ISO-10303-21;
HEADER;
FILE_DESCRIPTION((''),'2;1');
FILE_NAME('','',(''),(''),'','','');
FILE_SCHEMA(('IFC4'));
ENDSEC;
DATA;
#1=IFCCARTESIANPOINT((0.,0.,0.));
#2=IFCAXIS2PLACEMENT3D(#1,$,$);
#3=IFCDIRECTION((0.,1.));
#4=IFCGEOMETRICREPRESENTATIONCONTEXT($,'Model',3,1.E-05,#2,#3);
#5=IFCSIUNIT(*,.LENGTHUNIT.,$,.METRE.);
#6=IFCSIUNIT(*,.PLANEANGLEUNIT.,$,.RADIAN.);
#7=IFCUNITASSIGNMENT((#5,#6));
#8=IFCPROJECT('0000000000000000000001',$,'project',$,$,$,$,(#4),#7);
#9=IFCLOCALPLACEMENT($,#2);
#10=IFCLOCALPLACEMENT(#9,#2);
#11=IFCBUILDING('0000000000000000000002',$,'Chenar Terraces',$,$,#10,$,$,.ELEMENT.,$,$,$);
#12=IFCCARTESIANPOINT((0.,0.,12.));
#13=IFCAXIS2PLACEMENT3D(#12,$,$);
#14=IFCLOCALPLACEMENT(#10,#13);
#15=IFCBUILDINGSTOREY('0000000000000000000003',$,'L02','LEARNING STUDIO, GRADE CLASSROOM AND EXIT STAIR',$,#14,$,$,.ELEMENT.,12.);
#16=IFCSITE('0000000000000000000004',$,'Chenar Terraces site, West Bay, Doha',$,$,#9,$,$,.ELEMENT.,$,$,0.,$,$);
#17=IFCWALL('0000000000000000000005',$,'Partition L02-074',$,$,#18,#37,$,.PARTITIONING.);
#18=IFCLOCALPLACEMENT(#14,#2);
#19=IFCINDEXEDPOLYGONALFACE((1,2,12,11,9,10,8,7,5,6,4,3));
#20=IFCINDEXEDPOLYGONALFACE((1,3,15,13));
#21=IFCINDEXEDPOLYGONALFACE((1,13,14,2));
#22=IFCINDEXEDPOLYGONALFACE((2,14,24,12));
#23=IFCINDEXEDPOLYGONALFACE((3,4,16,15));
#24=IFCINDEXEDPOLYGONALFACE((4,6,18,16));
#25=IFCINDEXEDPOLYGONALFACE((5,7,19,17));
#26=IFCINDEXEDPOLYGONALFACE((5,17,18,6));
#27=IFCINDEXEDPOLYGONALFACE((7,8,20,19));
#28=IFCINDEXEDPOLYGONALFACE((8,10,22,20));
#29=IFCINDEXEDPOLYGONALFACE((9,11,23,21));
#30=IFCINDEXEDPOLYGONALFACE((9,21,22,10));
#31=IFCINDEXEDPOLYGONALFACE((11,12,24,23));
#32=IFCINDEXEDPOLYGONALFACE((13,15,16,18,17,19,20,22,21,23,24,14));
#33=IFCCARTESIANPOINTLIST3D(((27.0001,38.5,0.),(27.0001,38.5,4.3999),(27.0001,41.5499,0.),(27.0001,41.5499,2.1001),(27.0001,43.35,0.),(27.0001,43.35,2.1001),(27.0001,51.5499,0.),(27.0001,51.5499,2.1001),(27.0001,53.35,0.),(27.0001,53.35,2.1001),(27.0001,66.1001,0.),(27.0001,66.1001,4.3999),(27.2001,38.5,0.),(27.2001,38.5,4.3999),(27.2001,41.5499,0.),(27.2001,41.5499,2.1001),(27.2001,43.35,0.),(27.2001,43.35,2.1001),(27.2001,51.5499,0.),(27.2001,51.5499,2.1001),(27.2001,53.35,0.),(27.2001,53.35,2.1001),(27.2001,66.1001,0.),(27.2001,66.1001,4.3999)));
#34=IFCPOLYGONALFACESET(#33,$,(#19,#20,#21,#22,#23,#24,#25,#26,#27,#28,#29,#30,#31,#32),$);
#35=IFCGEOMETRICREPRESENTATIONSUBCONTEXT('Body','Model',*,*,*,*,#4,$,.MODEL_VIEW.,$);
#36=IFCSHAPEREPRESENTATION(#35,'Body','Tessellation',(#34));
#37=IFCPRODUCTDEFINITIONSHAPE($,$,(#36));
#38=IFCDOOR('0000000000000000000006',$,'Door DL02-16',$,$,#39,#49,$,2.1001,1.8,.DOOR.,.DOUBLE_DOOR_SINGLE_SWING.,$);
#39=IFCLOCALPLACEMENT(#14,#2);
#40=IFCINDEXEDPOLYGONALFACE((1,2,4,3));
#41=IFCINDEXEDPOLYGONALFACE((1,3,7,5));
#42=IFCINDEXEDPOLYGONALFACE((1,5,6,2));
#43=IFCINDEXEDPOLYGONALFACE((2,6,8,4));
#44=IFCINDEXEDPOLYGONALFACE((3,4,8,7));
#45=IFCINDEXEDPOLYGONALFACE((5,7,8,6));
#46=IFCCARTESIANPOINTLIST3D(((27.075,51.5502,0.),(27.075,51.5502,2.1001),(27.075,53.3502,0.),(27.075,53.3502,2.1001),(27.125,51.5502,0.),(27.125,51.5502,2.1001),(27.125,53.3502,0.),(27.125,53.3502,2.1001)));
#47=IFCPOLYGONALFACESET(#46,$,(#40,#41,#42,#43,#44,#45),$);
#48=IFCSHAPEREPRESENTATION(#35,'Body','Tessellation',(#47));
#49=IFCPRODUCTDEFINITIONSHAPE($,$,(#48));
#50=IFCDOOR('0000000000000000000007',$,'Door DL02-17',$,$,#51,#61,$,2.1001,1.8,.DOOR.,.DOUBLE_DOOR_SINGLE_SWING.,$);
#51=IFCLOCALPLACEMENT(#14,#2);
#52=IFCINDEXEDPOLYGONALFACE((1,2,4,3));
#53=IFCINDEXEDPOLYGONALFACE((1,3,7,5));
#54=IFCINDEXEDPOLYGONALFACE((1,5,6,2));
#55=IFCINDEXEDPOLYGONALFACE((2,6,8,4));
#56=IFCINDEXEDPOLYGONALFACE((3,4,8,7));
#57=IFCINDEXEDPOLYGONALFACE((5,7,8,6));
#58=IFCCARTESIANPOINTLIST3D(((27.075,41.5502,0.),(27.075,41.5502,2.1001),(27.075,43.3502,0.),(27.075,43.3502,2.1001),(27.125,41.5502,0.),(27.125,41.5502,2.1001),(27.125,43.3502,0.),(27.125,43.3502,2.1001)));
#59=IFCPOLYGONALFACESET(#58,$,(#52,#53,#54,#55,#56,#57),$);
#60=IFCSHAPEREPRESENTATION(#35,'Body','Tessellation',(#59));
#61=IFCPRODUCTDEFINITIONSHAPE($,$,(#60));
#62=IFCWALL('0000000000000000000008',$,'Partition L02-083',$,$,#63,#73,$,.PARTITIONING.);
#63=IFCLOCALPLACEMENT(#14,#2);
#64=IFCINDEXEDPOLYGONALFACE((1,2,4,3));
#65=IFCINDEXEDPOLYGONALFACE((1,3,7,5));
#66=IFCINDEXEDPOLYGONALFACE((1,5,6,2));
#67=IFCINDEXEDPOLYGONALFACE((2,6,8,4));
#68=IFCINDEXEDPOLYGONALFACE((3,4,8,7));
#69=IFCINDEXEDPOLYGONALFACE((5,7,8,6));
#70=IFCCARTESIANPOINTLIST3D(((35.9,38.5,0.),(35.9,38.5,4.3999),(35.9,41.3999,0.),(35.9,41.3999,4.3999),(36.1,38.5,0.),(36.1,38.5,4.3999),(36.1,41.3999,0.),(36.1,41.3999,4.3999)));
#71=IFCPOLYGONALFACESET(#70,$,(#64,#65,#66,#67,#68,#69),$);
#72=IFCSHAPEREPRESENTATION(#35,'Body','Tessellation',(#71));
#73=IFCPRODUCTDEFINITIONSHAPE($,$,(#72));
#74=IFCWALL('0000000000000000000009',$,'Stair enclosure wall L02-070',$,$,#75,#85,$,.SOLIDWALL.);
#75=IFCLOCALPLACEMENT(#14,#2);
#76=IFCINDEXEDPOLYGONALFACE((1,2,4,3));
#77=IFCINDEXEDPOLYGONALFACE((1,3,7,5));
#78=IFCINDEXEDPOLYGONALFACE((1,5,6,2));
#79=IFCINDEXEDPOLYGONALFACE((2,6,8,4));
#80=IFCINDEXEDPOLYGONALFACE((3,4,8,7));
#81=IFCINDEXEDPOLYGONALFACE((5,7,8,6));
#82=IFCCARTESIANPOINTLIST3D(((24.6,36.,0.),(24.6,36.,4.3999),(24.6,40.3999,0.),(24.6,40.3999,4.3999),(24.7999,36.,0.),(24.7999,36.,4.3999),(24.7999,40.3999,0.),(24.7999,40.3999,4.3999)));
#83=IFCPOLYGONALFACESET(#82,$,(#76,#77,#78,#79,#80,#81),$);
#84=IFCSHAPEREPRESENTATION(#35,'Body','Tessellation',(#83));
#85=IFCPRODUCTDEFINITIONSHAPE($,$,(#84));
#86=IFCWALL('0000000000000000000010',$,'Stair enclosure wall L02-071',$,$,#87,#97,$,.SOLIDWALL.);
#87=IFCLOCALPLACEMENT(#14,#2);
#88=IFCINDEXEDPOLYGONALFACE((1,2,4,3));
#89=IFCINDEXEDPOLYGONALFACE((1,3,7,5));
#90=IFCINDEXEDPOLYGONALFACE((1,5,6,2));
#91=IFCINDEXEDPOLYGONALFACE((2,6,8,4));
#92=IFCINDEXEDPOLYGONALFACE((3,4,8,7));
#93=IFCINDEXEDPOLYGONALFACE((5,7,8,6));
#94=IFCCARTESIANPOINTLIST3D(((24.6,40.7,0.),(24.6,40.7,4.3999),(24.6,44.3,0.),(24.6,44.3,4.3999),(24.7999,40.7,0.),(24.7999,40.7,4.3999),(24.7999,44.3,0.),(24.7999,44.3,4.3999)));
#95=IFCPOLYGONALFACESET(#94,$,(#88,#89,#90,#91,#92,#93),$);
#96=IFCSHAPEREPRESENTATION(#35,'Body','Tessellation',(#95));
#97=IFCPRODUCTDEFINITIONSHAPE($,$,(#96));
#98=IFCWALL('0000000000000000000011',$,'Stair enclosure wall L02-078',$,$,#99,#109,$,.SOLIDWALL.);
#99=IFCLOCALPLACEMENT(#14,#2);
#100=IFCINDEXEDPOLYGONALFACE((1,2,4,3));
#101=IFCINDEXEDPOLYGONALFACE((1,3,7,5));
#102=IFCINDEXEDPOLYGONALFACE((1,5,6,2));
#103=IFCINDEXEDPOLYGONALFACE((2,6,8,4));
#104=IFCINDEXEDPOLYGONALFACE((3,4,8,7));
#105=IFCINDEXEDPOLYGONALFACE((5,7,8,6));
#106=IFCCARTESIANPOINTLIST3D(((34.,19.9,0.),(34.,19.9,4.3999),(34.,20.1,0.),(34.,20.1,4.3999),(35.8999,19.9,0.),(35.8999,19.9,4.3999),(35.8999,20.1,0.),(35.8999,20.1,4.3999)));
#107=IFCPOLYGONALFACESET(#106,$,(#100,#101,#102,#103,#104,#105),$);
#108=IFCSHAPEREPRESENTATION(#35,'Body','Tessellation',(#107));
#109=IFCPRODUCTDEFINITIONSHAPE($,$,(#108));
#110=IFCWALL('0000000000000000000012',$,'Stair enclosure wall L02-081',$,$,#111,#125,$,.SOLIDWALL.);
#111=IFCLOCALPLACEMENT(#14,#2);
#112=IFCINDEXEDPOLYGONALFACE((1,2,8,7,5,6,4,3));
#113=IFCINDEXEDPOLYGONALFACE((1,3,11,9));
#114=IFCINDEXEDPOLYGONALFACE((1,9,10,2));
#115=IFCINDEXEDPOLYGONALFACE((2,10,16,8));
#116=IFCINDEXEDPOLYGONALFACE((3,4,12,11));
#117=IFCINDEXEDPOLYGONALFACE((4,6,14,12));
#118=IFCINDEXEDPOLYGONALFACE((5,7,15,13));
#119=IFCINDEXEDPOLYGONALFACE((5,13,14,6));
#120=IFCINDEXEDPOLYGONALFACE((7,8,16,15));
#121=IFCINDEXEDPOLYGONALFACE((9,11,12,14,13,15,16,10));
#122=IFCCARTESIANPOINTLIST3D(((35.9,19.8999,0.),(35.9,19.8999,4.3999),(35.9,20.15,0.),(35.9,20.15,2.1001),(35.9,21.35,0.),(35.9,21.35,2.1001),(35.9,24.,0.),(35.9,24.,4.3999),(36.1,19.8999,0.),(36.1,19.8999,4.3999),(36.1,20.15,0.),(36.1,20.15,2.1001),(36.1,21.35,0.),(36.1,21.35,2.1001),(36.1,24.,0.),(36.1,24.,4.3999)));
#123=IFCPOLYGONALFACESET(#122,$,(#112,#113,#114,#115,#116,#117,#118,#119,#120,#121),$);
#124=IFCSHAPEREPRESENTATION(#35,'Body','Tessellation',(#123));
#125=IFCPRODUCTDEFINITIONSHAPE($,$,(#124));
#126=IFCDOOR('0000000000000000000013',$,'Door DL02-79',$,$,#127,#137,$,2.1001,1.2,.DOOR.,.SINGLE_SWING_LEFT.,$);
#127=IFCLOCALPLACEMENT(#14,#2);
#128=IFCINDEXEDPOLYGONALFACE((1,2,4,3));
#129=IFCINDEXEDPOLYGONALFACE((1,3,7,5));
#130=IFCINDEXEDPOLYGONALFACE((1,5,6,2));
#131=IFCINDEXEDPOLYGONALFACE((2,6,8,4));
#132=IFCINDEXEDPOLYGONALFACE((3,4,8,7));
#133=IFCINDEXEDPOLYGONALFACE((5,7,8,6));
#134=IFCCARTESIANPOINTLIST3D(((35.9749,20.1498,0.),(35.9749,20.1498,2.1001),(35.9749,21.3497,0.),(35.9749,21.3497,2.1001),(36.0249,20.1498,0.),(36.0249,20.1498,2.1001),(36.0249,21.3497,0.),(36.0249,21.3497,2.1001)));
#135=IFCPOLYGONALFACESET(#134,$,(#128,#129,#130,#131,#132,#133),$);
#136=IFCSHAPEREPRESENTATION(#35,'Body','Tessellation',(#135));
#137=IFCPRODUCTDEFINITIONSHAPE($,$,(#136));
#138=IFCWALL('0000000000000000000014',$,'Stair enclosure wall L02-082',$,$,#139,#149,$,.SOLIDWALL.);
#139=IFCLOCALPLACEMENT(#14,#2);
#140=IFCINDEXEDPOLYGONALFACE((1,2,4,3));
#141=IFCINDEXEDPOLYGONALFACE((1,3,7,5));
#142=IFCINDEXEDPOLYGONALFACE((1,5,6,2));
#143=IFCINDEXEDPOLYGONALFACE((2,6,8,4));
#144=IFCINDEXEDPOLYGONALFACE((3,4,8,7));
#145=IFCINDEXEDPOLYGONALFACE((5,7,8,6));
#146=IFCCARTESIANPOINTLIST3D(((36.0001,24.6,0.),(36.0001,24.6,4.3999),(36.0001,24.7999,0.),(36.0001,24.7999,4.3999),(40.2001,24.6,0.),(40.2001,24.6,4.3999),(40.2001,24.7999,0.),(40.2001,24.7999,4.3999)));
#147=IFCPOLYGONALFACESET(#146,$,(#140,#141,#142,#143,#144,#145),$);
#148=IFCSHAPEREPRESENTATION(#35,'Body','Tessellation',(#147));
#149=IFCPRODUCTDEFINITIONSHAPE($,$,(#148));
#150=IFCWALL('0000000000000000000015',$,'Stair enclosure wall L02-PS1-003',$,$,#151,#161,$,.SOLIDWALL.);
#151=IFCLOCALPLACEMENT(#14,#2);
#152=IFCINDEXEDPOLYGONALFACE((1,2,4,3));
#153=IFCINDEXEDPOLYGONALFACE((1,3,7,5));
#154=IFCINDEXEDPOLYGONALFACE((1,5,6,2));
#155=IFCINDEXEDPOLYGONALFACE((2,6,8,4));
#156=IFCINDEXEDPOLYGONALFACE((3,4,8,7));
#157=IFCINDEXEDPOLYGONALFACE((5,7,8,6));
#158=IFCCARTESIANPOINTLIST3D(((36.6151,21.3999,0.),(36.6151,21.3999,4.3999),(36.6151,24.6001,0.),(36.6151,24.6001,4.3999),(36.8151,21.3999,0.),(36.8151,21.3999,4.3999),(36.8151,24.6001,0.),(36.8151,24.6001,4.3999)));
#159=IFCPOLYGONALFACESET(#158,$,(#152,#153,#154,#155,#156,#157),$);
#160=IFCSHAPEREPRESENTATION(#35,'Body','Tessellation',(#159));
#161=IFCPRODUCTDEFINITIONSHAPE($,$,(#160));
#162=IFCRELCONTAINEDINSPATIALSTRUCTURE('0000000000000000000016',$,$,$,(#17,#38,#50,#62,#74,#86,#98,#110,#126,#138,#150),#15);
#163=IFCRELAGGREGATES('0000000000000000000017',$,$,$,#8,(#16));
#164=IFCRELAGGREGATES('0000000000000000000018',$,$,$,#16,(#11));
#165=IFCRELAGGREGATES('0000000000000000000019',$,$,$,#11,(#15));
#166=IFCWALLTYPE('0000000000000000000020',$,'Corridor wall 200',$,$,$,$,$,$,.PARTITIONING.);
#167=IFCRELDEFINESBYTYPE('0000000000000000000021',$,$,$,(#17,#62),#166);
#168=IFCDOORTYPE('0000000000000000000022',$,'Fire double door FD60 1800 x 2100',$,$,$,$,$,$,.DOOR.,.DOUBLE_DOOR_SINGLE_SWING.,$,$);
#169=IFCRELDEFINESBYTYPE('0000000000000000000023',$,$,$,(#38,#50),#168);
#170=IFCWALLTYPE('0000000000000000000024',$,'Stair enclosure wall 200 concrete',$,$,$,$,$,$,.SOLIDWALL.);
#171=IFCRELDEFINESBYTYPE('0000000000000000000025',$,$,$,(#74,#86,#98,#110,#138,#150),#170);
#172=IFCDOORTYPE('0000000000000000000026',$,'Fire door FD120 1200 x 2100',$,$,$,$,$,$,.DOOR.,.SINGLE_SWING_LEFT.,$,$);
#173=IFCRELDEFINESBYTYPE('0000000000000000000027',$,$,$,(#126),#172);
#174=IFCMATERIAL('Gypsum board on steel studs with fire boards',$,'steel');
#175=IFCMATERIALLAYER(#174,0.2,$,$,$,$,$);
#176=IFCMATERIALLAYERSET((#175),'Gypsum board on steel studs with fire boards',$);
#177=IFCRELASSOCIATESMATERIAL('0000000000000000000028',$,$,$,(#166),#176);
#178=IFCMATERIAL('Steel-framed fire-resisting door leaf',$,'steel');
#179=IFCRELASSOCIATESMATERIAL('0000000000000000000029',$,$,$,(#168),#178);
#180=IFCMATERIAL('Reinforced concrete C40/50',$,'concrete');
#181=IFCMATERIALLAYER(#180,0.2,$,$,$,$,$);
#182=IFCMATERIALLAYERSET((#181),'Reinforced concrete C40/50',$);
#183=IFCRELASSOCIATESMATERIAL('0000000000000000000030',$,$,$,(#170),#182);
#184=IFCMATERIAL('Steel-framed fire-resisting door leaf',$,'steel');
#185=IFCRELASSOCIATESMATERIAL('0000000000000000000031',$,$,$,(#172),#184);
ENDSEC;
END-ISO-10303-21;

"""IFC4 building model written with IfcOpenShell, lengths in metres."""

from ifc_helpers import new_model, si_unit, direction, frame, frame_2d, origin, place, context, subcontext, project, spatial, rectangle, extrude, material, layer, layer_set, type_object, element, fill, save


model = new_model("IFC4")

# Units and contexts
model_context = context("Model", 3, precision=1e-05, world=origin(), true_north=direction((0.0, 1.0)))
body_context = subcontext(model_context, "Body", "Model", "MODEL_VIEW")
ifc_project = project(units=[si_unit("LENGTHUNIT", "METRE"), si_unit("PLANEANGLEUNIT", "RADIAN")], contexts=[model_context])

# Site, building, storey
site_placement = place(None, origin())
site = spatial("IfcSite", under=ifc_project, at=site_placement, Name="Chenar Terraces site, West Bay, Doha", CompositionType="ELEMENT", RefElevation=0.0)
building_placement = place(site_placement, origin())
building = spatial("IfcBuilding", under=site, at=building_placement, Name="Chenar Terraces", CompositionType="ELEMENT")
storey_placement = place(building_placement, frame((0.0, 0.0, 12.0)))
storey = spatial("IfcBuildingStorey", under=building, at=storey_placement, Name="L02", Description="LEARNING STUDIO, GRADE CLASSROOM AND EXIT STAIR", CompositionType="ELEMENT", Elevation=12.0)

# Wall, openings, doors
ifc_material_1 = material(Name="Gypsum board on steel studs with fire boards", Category="steel")
ifc_layer_1 = layer(ifc_material_1, 0.2)
ifc_layer_set_1 = layer_set([ifc_layer_1], Name="Gypsum board on steel studs with fire boards")
wall_type_1 = type_object("IfcWallType", Name="Corridor wall 200", PredefinedType="PARTITIONING", material=ifc_layer_set_1)
ifc_material_2 = material(Name="Steel-framed fire-resisting door leaf", Category="steel")
door_type_1 = type_object("IfcDoorType", Name="Fire double door FD60 1800 x 2100", OperationType="DOUBLE_DOOR_SINGLE_SWING", PredefinedType="DOOR", material=ifc_material_2)
wall_1_placement = place(storey_placement, frame((27.1001, 38.5, 0.0), z_axis=(0.0, 0.0, 1.0), x_axis=(0.0, 1.0, 0.0)))
wall_1 = element("IfcWall", 1, at=wall_1_placement, inside=storey, type_object=wall_type_1, Name="Partition L02-074", PredefinedType="PARTITIONING", context=body_context, shape_type="SweptSolid", body=[
    extrude(rectangle(XDim=27.6001, YDim=0.2, at=frame_2d((13.8, 0.0))), origin(), (0.0, 0.0, 1.0), 4.3999),
])
opening_1_placement = place(wall_1_placement, frame((13.05, 0.0, 0.0)))
opening_1 = element("IfcOpeningElement", 2, at=opening_1_placement, cuts=wall_1, PredefinedType="OPENING", context=body_context, shape_type="SweptSolid", body=[
    extrude(rectangle(XDim=1.8, YDim=2.1001, at=frame_2d((0.8999, 1.05))), frame((0.0, 0.1099, 0.0), z_axis=(0.0, -1.0, 0.0), x_axis=(1.0, 0.0, 0.0)), (0.0, 0.0, 1.0), 0.22),
])
opening_2_placement = place(wall_1_placement, frame((3.05, 0.0, 0.0)))
opening_2 = element("IfcOpeningElement", 3, at=opening_2_placement, cuts=wall_1, PredefinedType="OPENING", context=body_context, shape_type="SweptSolid", body=[
    extrude(rectangle(XDim=1.8, YDim=2.1001, at=frame_2d((0.8999, 1.05))), frame((0.0, 0.1099, 0.0), z_axis=(0.0, -1.0, 0.0), x_axis=(1.0, 0.0, 0.0)), (0.0, 0.0, 1.0), 0.22),
])
door_1_placement = place(opening_1_placement, frame((1.8, 0.0, 0.0), z_axis=(0.0, 0.0, 1.0), x_axis=(-1.0, 0.0, 0.0)))
door_1 = element("IfcDoor", 4, at=door_1_placement, inside=storey, type_object=door_type_1, Name="Door DL02-16", OperationType="DOUBLE_DOOR_SINGLE_SWING", OverallHeight=2.1001, OverallWidth=1.8, PredefinedType="DOOR", context=body_context, shape_type="SweptSolid", body=[
    extrude(rectangle(XDim=1.8, YDim=2.1001, at=frame_2d((0.8999, 1.05))), frame((0.0, 0.0249, 0.0), z_axis=(0.0, -1.0, 0.0), x_axis=(1.0, 0.0, 0.0)), (0.0, 0.0, 1.0), 0.05),
])
fill(opening_1, door_1)
door_2_placement = place(opening_2_placement, frame((1.8, 0.0, 0.0), z_axis=(0.0, 0.0, 1.0), x_axis=(-1.0, 0.0, 0.0)))
door_2 = element("IfcDoor", 5, at=door_2_placement, inside=storey, type_object=door_type_1, Name="Door DL02-17", OperationType="DOUBLE_DOOR_SINGLE_SWING", OverallHeight=2.1001, OverallWidth=1.8, PredefinedType="DOOR", context=body_context, shape_type="SweptSolid", body=[
    extrude(rectangle(XDim=1.8, YDim=2.1001, at=frame_2d((0.8999, 1.05))), frame((0.0, 0.0249, 0.0), z_axis=(0.0, -1.0, 0.0), x_axis=(1.0, 0.0, 0.0)), (0.0, 0.0, 1.0), 0.05),
])
fill(opening_2, door_2)

# Walls
wall_2_placement = place(storey_placement, frame((36.0, 38.5, 0.0), z_axis=(0.0, 0.0, 1.0), x_axis=(0.0, 1.0, 0.0)))
element("IfcWall", 6, at=wall_2_placement, inside=storey, type_object=wall_type_1, Name="Partition L02-083", PredefinedType="PARTITIONING", context=body_context, shape_type="SweptSolid", body=[
    extrude(rectangle(XDim=2.8999, YDim=0.2, at=frame_2d((1.45, 0.0))), origin(), (0.0, 0.0, 1.0), 4.3999),
])
ifc_material_3 = material(Name="Reinforced concrete C40/50", Category="concrete")
ifc_layer_2 = layer(ifc_material_3, 0.2)
ifc_layer_set_2 = layer_set([ifc_layer_2], Name="Reinforced concrete C40/50")
wall_type_2 = type_object("IfcWallType", Name="Stair enclosure wall 200 concrete", PredefinedType="SOLIDWALL", material=ifc_layer_set_2)
wall_3_placement = place(storey_placement, frame((24.7, 36.0, 0.0), z_axis=(0.0, 0.0, 1.0), x_axis=(0.0, 1.0, 0.0)))
element("IfcWall", 7, at=wall_3_placement, inside=storey, type_object=wall_type_2, Name="Stair enclosure wall L02-070", PredefinedType="SOLIDWALL", context=body_context, shape_type="SweptSolid", body=[
    extrude(rectangle(XDim=4.3999, YDim=0.2, at=frame_2d((2.2, 0.0))), origin(), (0.0, 0.0, 1.0), 4.3999),
])
wall_4_placement = place(storey_placement, frame((24.7, 40.7, 0.0), z_axis=(0.0, 0.0, 1.0), x_axis=(0.0, 1.0, 0.0)))
element("IfcWall", 8, at=wall_4_placement, inside=storey, type_object=wall_type_2, Name="Stair enclosure wall L02-071", PredefinedType="SOLIDWALL", context=body_context, shape_type="SweptSolid", body=[
    extrude(rectangle(XDim=3.6001, YDim=0.2, at=frame_2d((1.8, 0.0))), origin(), (0.0, 0.0, 1.0), 4.3999),
])
wall_5_placement = place(storey_placement, frame((34.0, 20.0, 0.0), z_axis=(0.0, 0.0, 1.0), x_axis=(1.0, 0.0, 0.0)))
element("IfcWall", 9, at=wall_5_placement, inside=storey, type_object=wall_type_2, Name="Stair enclosure wall L02-078", PredefinedType="SOLIDWALL", context=body_context, shape_type="SweptSolid", body=[
    extrude(rectangle(XDim=1.8999, YDim=0.2, at=frame_2d((0.95, 0.0))), origin(), (0.0, 0.0, 1.0), 4.3999),
])

# Wall, opening, door
wall_6_placement = place(storey_placement, frame((36.0, 19.8999, 0.0), z_axis=(0.0, 0.0, 1.0), x_axis=(0.0, 1.0, 0.0)))
wall_6 = element("IfcWall", 10, at=wall_6_placement, inside=storey, type_object=wall_type_2, Name="Stair enclosure wall L02-081", PredefinedType="SOLIDWALL", context=body_context, shape_type="SweptSolid", body=[
    extrude(rectangle(XDim=4.1001, YDim=0.2, at=frame_2d((2.05, 0.0))), origin(), (0.0, 0.0, 1.0), 4.3999),
])
opening_3_placement = place(wall_6_placement, frame((0.25, 0.0, 0.0)))
opening_3 = element("IfcOpeningElement", 11, at=opening_3_placement, cuts=wall_6, PredefinedType="OPENING", context=body_context, shape_type="SweptSolid", body=[
    extrude(rectangle(XDim=1.2, YDim=2.1001, at=frame_2d((0.6001, 1.05))), frame((0.0, 0.1099, 0.0), z_axis=(0.0, -1.0, 0.0), x_axis=(1.0, 0.0, 0.0)), (0.0, 0.0, 1.0), 0.22),
])
ifc_material_4 = material(Name="Steel-framed fire-resisting door leaf", Category="steel")
door_type_2 = type_object("IfcDoorType", Name="Fire door FD120 1200 x 2100", OperationType="SINGLE_SWING_LEFT", PredefinedType="DOOR", material=ifc_material_4)
door_3_placement = place(opening_3_placement, frame((1.2, 0.0, 0.0), z_axis=(0.0, 0.0, 1.0), x_axis=(-1.0, 0.0, 0.0)))
door_3 = element("IfcDoor", 12, at=door_3_placement, inside=storey, type_object=door_type_2, Name="Door DL02-79", OperationType="SINGLE_SWING_LEFT", OverallHeight=2.1001, OverallWidth=1.2, PredefinedType="DOOR", context=body_context, shape_type="SweptSolid", body=[
    extrude(rectangle(XDim=1.2, YDim=2.1001, at=frame_2d((0.6001, 1.05))), frame((0.0, 0.0249, 0.0), z_axis=(0.0, -1.0, 0.0), x_axis=(1.0, 0.0, 0.0)), (0.0, 0.0, 1.0), 0.05),
])
fill(opening_3, door_3)

# Walls
wall_7_placement = place(storey_placement, frame((36.0, 24.7, 0.0), z_axis=(0.0, 0.0, 1.0), x_axis=(1.0, 0.0, 0.0)))
element("IfcWall", 13, at=wall_7_placement, inside=storey, type_object=wall_type_2, Name="Stair enclosure wall L02-082", PredefinedType="SOLIDWALL", context=body_context, shape_type="SweptSolid", body=[
    extrude(rectangle(XDim=4.2, YDim=0.2, at=frame_2d((2.1001, 0.0))), origin(), (0.0, 0.0, 1.0), 4.3999),
])
wall_8_placement = place(storey_placement, frame((36.7151, 21.3999, 0.0), z_axis=(0.0, 0.0, 1.0), x_axis=(0.0, 1.0, 0.0)))
element("IfcWall", 14, at=wall_8_placement, inside=storey, type_object=wall_type_2, Name="Stair enclosure wall L02-PS1-003", PredefinedType="SOLIDWALL", context=body_context, shape_type="SweptSolid", body=[
    extrude(rectangle(XDim=3.2002, YDim=0.2, at=frame_2d((1.6001, 0.0))), origin(), (0.0, 0.0, 1.0), 4.3999),
])

save(model, "model.ifc")
